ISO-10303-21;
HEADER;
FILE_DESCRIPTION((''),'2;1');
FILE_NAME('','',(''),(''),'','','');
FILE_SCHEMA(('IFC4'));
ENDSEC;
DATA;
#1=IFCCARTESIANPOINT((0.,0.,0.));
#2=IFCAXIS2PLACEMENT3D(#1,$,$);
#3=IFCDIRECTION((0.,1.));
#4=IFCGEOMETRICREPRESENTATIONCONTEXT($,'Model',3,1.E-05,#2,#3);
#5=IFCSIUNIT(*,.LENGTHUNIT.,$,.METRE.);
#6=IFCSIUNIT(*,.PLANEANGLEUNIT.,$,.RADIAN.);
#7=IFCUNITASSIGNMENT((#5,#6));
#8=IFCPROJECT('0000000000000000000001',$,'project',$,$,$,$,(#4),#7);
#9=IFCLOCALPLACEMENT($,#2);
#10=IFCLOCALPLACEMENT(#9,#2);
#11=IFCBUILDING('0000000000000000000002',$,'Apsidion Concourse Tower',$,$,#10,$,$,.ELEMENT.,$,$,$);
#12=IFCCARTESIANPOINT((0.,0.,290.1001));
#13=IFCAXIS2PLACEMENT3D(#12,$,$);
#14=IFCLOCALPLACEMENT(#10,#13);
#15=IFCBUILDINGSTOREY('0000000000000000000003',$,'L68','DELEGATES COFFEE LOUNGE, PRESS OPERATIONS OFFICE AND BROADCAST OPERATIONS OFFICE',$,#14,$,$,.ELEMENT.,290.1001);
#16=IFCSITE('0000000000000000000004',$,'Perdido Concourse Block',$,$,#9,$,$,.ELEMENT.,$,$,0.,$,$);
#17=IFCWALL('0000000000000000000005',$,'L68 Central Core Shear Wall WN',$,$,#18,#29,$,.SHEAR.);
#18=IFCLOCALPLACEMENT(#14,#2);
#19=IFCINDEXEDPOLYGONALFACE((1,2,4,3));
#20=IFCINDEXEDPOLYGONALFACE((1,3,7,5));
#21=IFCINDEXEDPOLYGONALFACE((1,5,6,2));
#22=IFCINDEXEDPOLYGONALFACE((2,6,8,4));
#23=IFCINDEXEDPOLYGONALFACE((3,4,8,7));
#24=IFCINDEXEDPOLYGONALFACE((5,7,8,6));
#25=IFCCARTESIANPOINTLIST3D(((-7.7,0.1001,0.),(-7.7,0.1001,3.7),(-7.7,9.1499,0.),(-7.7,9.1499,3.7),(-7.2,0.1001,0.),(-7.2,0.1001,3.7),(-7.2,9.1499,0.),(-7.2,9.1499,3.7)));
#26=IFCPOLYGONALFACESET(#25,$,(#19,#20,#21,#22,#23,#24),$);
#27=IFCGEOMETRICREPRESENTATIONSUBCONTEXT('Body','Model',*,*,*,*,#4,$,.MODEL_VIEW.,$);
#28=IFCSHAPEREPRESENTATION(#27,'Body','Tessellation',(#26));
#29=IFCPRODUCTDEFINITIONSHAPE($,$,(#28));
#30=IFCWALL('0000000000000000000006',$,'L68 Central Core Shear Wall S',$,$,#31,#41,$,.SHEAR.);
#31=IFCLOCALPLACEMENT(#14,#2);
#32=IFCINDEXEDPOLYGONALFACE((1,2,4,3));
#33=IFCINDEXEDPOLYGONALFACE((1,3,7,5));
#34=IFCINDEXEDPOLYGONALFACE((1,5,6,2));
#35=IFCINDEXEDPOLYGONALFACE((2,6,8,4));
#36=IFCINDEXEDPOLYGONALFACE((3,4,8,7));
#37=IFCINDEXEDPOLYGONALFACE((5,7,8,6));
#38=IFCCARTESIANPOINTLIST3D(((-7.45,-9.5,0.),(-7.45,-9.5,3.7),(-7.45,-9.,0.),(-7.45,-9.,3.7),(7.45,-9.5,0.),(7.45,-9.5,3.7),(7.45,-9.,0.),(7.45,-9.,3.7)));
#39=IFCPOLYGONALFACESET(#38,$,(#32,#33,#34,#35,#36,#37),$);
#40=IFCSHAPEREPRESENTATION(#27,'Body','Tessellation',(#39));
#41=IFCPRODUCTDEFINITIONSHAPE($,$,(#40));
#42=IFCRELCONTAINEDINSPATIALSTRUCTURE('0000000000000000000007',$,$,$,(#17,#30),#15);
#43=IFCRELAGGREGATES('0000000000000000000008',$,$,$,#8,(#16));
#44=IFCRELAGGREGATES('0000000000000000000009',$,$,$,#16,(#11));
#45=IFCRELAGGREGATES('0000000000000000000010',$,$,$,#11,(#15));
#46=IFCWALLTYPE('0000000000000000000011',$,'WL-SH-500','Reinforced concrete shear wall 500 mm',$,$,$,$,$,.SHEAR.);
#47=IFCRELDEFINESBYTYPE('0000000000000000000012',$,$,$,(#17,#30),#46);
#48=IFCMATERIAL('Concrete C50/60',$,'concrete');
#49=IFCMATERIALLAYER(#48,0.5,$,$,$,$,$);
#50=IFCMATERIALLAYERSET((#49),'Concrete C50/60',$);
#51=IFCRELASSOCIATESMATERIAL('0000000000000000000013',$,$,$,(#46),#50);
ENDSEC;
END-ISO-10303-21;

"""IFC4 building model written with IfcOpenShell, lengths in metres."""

from ifc_helpers import new_model, si_unit, direction, frame, frame_2d, origin, place, context, subcontext, project, spatial, rectangle, extrude, material, layer, layer_set, type_object, element, save


model = new_model("IFC4")

# Units and contexts
model_context = context("Model", 3, precision=1e-05, world=origin(), true_north=direction((0.0, 1.0)))
body_context = subcontext(model_context, "Body", "Model", "MODEL_VIEW")
ifc_project = project(units=[si_unit("LENGTHUNIT", "METRE"), si_unit("PLANEANGLEUNIT", "RADIAN")], contexts=[model_context])

# Site, building, storey
site_placement = place(None, origin())
site = spatial("IfcSite", under=ifc_project, at=site_placement, Name="Perdido Concourse Block", CompositionType="ELEMENT", RefElevation=0.0)
building_placement = place(site_placement, origin())
building = spatial("IfcBuilding", under=site, at=building_placement, Name="Apsidion Concourse Tower", CompositionType="ELEMENT")
storey_placement = place(building_placement, frame((0.0, 0.0, 290.1001)))
storey = spatial("IfcBuildingStorey", under=building, at=storey_placement, Name="L68", Description="DELEGATES COFFEE LOUNGE, PRESS OPERATIONS OFFICE AND BROADCAST OPERATIONS OFFICE", CompositionType="ELEMENT", Elevation=290.1001)

# Shared definitions
ifc_material_1 = material(Name="Concrete C50/60", Category="concrete")

# Wall
ifc_layer_1 = layer(ifc_material_1, 0.5)
ifc_layer_set_1 = layer_set([ifc_layer_1], Name="Concrete C50/60")
wall_type_1 = type_object("IfcWallType", Name="WL-SH-500", Description="Reinforced concrete shear wall 500 mm", PredefinedType="SHEAR", material=ifc_layer_set_1)
wall_1_placement = place(storey_placement, frame((-7.45, 0.1001, 0.0), z_axis=(0.0, 0.0, 1.0), x_axis=(0.0, 1.0, 0.0)))
element("IfcWall", 1, at=wall_1_placement, inside=storey, type_object=wall_type_1, Name="L68 Central Core Shear Wall WN", PredefinedType="SHEAR", context=body_context, shape_type="SweptSolid", body=[
    extrude(rectangle(XDim=9.0498, YDim=0.5, at=frame_2d((4.5249, 0.0))), origin(), (0.0, 0.0, 1.0), 3.7),
])

# Wall
wall_2_placement = place(storey_placement, frame((-7.45, -9.25, 0.0), z_axis=(0.0, 0.0, 1.0), x_axis=(1.0, 0.0, 0.0)))
element("IfcWall", 2, at=wall_2_placement, inside=storey, type_object=wall_type_1, Name="L68 Central Core Shear Wall S", PredefinedType="SHEAR", context=body_context, shape_type="SweptSolid", body=[
    extrude(rectangle(XDim=14.8999, YDim=0.5, at=frame_2d((7.45, 0.0))), origin(), (0.0, 0.0, 1.0), 3.7),
])

save(model, "model.ifc")
